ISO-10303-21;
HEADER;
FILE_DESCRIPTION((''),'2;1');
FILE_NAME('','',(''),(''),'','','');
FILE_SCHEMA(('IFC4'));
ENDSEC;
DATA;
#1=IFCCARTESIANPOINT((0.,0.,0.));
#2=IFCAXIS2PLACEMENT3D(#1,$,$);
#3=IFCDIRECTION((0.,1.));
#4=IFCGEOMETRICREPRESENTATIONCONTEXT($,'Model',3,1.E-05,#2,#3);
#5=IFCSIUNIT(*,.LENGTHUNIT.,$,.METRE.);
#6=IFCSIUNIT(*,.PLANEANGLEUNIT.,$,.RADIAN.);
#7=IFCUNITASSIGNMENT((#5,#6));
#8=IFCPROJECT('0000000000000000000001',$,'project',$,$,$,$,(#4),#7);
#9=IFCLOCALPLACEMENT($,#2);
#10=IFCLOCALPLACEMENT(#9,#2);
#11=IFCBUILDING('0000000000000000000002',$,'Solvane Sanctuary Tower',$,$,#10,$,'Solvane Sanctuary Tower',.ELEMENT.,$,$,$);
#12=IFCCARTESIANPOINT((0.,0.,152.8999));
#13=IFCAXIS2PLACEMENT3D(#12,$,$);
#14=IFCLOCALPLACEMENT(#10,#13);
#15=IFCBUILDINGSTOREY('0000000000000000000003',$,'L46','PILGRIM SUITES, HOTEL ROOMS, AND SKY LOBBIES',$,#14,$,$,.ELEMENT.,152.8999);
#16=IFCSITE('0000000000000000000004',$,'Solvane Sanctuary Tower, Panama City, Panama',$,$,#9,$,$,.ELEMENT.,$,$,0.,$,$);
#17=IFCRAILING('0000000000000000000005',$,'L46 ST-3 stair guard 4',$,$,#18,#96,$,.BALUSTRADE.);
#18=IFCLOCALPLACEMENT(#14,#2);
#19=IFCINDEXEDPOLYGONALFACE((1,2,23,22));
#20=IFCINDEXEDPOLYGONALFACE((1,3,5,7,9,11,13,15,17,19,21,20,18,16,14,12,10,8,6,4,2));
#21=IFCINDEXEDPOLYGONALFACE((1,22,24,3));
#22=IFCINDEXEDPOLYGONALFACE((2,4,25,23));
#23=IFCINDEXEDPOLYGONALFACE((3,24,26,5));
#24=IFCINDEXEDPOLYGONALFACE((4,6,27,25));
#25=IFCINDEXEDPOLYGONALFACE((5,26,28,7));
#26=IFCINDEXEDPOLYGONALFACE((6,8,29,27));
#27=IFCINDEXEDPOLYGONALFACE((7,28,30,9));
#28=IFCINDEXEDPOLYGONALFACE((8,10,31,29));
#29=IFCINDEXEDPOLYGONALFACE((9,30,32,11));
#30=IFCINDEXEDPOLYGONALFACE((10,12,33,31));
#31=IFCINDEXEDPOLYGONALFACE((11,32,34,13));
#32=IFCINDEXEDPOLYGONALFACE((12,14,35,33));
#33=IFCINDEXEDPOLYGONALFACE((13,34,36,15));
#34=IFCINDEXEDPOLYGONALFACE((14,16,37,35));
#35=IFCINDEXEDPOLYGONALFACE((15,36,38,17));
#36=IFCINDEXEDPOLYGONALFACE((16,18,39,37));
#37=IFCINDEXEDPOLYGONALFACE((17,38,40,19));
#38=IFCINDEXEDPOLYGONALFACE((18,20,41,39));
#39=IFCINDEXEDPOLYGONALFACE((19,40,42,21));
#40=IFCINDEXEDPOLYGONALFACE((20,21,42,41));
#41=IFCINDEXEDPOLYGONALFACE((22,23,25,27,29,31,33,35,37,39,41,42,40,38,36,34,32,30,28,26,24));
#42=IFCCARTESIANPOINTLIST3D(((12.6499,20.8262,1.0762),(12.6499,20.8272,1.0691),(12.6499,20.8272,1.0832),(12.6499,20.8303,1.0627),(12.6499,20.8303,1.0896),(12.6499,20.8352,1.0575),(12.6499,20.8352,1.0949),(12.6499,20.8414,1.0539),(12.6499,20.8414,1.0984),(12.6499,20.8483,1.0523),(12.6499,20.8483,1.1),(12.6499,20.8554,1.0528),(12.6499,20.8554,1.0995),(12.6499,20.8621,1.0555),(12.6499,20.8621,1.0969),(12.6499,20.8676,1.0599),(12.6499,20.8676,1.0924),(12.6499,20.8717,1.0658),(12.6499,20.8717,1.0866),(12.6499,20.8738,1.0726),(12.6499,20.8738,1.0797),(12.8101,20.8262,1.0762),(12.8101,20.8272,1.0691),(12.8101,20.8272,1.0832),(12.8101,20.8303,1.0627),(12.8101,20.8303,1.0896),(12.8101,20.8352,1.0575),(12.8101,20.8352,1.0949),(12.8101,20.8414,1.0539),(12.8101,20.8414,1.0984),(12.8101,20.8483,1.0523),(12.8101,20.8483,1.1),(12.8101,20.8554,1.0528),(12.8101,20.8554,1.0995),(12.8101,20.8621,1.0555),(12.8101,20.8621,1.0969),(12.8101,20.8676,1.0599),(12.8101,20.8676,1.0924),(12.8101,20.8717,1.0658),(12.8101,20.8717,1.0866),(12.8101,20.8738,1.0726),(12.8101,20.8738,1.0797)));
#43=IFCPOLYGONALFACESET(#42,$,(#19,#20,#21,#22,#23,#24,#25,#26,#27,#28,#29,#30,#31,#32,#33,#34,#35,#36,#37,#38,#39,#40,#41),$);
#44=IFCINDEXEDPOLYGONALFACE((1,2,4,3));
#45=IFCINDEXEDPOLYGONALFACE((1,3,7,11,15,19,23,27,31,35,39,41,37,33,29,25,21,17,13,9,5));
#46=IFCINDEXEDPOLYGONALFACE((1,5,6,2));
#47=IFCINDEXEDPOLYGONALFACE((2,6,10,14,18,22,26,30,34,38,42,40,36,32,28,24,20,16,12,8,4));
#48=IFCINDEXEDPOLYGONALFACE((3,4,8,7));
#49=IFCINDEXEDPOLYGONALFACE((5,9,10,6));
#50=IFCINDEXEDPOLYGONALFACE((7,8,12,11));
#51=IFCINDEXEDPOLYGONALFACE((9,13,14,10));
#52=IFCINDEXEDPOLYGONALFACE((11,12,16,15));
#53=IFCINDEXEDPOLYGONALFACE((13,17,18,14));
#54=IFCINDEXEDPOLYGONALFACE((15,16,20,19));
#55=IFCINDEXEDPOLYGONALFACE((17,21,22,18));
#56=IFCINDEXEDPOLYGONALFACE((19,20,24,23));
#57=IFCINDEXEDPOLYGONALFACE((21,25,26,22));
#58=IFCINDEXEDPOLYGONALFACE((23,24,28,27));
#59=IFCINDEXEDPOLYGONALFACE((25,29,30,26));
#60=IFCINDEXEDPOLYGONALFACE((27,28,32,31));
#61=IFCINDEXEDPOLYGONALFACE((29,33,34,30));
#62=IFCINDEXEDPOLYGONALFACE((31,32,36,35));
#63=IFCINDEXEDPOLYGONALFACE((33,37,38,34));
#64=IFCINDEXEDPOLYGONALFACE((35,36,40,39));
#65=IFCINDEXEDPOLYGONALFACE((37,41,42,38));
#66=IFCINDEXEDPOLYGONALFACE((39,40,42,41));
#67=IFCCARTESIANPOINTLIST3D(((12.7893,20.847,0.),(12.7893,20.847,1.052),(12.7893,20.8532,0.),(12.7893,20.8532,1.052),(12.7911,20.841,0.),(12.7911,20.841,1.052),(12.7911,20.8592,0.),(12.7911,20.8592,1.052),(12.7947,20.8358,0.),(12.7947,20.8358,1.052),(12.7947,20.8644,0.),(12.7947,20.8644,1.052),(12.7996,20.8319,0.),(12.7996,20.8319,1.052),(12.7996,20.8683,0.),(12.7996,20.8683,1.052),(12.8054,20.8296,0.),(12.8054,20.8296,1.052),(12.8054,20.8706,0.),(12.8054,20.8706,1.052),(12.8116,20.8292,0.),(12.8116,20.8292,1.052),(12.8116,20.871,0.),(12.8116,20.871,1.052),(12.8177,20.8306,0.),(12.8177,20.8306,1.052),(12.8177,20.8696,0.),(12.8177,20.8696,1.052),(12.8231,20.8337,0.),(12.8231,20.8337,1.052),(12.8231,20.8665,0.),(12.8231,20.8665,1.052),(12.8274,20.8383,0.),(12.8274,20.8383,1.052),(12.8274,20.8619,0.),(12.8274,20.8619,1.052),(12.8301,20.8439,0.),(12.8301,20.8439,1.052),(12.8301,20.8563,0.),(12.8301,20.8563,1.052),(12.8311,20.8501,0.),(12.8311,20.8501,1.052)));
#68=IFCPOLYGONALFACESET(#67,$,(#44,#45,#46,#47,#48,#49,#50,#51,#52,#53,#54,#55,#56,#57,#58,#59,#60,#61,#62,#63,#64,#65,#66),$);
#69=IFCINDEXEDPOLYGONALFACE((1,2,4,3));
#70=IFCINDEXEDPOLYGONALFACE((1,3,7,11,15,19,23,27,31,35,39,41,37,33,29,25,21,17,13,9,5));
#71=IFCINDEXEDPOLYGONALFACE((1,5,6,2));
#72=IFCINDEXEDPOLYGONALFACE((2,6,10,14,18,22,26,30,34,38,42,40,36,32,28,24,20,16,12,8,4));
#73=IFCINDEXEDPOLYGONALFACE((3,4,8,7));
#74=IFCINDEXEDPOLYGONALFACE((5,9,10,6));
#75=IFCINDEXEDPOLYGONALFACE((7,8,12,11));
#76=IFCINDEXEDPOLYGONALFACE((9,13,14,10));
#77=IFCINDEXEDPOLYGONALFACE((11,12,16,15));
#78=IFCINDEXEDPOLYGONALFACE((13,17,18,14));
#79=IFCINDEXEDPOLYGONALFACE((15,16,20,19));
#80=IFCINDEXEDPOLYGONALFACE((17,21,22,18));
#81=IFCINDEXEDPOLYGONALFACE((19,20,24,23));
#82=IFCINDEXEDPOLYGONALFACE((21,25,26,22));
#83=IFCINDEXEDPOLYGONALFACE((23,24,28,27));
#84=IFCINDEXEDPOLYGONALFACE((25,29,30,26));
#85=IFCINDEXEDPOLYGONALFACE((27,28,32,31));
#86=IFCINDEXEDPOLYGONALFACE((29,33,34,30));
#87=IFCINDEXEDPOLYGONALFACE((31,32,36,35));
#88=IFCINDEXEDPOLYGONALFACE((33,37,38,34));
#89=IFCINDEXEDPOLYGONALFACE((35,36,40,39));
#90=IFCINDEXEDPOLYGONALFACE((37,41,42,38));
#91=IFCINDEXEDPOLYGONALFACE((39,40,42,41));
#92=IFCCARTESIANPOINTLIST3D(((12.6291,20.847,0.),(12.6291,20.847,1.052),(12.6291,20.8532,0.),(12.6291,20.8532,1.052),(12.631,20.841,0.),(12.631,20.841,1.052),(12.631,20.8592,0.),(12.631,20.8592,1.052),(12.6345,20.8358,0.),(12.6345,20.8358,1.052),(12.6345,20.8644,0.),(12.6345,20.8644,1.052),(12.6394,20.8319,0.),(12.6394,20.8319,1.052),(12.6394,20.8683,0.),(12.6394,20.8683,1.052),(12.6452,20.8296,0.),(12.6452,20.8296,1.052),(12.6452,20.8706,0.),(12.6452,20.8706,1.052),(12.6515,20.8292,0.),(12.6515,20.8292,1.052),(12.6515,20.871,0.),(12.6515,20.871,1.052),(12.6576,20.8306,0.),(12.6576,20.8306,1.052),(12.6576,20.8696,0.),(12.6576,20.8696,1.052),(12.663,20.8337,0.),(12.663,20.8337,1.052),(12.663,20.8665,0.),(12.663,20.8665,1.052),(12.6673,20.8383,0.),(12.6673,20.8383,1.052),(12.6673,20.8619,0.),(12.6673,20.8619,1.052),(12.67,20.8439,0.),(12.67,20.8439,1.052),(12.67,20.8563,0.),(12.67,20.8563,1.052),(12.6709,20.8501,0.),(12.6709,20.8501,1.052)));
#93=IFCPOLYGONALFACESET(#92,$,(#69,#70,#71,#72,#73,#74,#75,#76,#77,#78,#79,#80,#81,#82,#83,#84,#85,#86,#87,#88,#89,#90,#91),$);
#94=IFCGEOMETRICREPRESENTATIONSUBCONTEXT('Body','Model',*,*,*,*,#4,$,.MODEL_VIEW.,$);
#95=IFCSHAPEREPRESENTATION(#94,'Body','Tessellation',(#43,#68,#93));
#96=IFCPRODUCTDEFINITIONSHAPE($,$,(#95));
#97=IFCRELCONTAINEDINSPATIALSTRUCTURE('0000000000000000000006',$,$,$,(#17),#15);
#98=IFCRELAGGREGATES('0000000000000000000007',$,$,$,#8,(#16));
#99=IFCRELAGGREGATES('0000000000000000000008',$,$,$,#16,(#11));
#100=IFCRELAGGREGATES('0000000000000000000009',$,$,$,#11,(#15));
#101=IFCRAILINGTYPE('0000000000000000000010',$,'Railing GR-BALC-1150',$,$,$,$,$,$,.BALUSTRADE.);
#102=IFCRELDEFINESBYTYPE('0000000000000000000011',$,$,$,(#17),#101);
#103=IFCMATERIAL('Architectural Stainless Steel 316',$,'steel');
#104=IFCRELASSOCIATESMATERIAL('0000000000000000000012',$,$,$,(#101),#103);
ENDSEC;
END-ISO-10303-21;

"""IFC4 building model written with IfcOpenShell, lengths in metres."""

from ifc_helpers import new_model, si_unit, direction, frame, origin, origin_2d, place, context, subcontext, project, spatial, circle, extrude, material, type_object, element, save


model = new_model("IFC4")

# Units and contexts
model_context = context("Model", 3, precision=1e-05, world=origin(), true_north=direction((0.0, 1.0)))
body_context = subcontext(model_context, "Body", "Model", "MODEL_VIEW")
ifc_project = project(units=[si_unit("LENGTHUNIT", "METRE"), si_unit("PLANEANGLEUNIT", "RADIAN")], contexts=[model_context])

# Site, building, storey
site_placement = place(None, origin())
site = spatial("IfcSite", under=ifc_project, at=site_placement, Name="Solvane Sanctuary Tower, Panama City, Panama", CompositionType="ELEMENT", RefElevation=0.0)
building_placement = place(site_placement, origin())
building = spatial("IfcBuilding", under=site, at=building_placement, Name="Solvane Sanctuary Tower", LongName="Solvane Sanctuary Tower", CompositionType="ELEMENT")
storey_placement = place(building_placement, frame((0.0, 0.0, 152.8999)))
storey = spatial("IfcBuildingStorey", under=building, at=storey_placement, Name="L46", Description="PILGRIM SUITES, HOTEL ROOMS, AND SKY LOBBIES", CompositionType="ELEMENT", Elevation=152.8999)

# Shared definitions
ifc_material_1 = material(Name="Architectural Stainless Steel 316", Category="steel")

# Railing
railing_type_1 = type_object("IfcRailingType", Name="Railing GR-BALC-1150", PredefinedType="BALUSTRADE", material=ifc_material_1)
railing_1_placement = place(storey_placement, frame((12.8101, 20.8501, 0.0)))
element("IfcRailing", 1, at=railing_1_placement, inside=storey, type_object=railing_type_1, Name="L46 ST-3 stair guard 4", PredefinedType="BALUSTRADE", context=body_context, shape_type="SweptSolid", body=[
    extrude(circle(Radius=0.0239, at=origin_2d()), frame((0.0, 0.0, 1.0762), z_axis=(-1.0, 0.0, 0.0), x_axis=(0.0, -1.0, 0.0)), (0.0, 0.0, 1.0), 0.1602),
    extrude(circle(Radius=0.021, at=origin_2d()), origin(), (0.0, 0.0, 1.0), 1.052),
    extrude(circle(Radius=0.021, at=origin_2d()), frame((-0.1602, 0.0, 0.0)), (0.0, 0.0, 1.0), 1.052),
])

save(model, "model.ifc")
